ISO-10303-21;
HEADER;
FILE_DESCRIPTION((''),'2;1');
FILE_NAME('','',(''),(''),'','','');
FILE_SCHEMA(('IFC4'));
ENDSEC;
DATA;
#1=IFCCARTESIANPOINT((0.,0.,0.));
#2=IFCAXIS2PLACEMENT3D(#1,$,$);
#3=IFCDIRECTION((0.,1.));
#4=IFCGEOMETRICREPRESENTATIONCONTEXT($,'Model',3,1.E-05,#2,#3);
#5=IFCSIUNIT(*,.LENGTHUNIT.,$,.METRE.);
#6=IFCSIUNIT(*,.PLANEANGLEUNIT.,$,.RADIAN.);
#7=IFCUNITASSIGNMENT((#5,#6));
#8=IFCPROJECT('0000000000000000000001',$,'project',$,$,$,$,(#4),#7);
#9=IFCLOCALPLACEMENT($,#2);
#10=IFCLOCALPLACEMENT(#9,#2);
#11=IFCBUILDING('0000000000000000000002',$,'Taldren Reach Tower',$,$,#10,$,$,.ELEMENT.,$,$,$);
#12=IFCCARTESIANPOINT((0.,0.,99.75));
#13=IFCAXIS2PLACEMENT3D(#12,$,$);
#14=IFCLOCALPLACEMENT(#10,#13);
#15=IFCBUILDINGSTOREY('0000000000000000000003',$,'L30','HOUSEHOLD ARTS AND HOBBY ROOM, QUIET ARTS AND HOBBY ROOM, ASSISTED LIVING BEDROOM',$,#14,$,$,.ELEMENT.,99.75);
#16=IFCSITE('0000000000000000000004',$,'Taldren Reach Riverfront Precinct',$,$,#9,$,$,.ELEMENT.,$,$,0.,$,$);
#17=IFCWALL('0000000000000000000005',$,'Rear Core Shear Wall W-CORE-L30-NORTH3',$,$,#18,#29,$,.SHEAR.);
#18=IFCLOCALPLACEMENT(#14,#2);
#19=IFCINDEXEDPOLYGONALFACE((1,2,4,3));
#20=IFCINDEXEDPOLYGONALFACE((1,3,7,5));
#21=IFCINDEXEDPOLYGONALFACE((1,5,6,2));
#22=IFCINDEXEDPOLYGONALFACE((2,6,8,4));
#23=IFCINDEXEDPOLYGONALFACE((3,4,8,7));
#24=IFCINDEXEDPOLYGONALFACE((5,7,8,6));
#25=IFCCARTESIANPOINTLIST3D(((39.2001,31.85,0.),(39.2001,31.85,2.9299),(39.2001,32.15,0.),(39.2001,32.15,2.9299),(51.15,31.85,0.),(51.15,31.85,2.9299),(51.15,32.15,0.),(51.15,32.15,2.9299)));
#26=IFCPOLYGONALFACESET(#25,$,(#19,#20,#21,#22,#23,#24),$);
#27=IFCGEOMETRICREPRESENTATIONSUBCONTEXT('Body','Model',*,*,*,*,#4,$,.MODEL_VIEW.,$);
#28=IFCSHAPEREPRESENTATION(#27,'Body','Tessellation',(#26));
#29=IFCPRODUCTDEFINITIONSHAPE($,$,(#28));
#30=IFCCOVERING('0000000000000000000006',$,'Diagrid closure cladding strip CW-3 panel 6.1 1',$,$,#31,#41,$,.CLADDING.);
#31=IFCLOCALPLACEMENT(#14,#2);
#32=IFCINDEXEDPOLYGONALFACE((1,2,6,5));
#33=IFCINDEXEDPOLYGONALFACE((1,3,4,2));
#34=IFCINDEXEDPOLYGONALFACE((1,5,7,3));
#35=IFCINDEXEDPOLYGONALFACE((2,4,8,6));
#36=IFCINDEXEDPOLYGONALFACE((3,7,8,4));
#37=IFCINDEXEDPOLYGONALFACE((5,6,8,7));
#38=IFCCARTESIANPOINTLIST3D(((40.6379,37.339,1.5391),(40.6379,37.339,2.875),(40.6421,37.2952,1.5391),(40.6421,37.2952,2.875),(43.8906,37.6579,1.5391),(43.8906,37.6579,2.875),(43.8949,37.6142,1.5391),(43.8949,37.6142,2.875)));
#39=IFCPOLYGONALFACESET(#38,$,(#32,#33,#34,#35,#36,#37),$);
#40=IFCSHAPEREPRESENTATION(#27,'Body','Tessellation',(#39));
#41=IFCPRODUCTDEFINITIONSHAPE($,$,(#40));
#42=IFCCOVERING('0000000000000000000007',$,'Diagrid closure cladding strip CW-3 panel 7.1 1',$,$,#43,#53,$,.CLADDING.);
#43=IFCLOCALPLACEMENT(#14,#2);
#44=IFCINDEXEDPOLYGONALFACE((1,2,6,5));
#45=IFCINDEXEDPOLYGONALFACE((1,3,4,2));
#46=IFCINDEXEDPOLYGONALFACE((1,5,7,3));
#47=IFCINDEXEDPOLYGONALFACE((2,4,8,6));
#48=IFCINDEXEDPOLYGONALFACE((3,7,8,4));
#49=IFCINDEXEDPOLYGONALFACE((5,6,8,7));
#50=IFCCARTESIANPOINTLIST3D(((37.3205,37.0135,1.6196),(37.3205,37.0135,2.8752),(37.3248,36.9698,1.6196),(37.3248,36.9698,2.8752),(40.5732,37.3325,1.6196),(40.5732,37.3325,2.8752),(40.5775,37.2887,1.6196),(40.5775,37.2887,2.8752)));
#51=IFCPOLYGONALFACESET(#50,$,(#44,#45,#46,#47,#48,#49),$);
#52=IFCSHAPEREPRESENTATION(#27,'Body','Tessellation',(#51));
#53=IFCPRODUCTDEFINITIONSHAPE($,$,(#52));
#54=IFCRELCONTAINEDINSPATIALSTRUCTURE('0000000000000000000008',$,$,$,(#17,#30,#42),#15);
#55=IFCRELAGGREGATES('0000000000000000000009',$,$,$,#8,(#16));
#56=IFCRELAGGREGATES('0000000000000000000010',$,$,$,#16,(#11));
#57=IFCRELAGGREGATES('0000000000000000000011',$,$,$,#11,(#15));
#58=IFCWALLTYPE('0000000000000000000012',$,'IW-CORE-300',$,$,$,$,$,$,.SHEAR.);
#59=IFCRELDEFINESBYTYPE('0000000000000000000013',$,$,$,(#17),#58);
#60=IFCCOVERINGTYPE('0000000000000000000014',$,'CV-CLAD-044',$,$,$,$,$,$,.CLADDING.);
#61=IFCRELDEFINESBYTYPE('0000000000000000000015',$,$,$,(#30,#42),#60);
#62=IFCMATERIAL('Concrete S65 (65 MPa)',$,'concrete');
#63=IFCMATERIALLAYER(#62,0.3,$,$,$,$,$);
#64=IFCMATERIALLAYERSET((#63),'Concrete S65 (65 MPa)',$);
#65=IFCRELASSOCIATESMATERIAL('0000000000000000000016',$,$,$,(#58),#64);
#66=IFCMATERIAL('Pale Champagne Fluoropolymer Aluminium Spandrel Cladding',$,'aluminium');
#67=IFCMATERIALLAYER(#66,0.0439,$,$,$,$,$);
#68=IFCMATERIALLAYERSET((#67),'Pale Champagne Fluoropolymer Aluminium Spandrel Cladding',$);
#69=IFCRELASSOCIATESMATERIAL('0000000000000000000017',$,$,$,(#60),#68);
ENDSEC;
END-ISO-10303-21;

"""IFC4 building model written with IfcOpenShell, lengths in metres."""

from ifc_helpers import new_model, si_unit, direction, frame, frame_2d, origin, origin_2d, place, context, subcontext, project, spatial, rectangle, extrude, source, transform, mapped, material, layer, layer_set, type_object, element, save


model = new_model("IFC4")

# Units and contexts
model_context = context("Model", 3, precision=1e-05, world=origin(), true_north=direction((0.0, 1.0)))
body_context = subcontext(model_context, "Body", "Model", "MODEL_VIEW")
ifc_project = project(units=[si_unit("LENGTHUNIT", "METRE"), si_unit("PLANEANGLEUNIT", "RADIAN")], contexts=[model_context])

# Site, building, storey
site_placement = place(None, origin())
site = spatial("IfcSite", under=ifc_project, at=site_placement, Name="Taldren Reach Riverfront Precinct", CompositionType="ELEMENT", RefElevation=0.0)
building_placement = place(site_placement, origin())
building = spatial("IfcBuilding", under=site, at=building_placement, Name="Taldren Reach Tower", CompositionType="ELEMENT")
storey_placement = place(building_placement, frame((0.0, 0.0, 99.75)))
storey = spatial("IfcBuildingStorey", under=building, at=storey_placement, Name="L30", Description="HOUSEHOLD ARTS AND HOBBY ROOM, QUIET ARTS AND HOBBY ROOM, ASSISTED LIVING BEDROOM", CompositionType="ELEMENT", Elevation=99.75)

# Shared definitions
ifc_material_1 = material(Name="Concrete S65 (65 MPa)", Category="concrete")

# Wall
ifc_layer_1 = layer(ifc_material_1, 0.3)
ifc_layer_set_1 = layer_set([ifc_layer_1], Name="Concrete S65 (65 MPa)")
wall_type = type_object("IfcWallType", Name="IW-CORE-300", PredefinedType="SHEAR", material=ifc_layer_set_1)
shared_shape_1 = source(origin(), body_context, "Body", "SweptSolid", [
    extrude(rectangle(XDim=11.95, YDim=0.3, at=frame_2d((5.9751, 0.0))), origin(), (0.0, 0.0, 1.0), 2.9299),
])
wall_placement = place(storey_placement, frame((39.2, 32.0, 0.0), z_axis=(0.0, 0.0, 1.0), x_axis=(1.0, 0.0, 0.0)))
element("IfcWall", 1, at=wall_placement, inside=storey, type_object=wall_type, Name="Rear Core Shear Wall W-CORE-L30-NORTH3", PredefinedType="SHEAR", context=body_context, shape_type="MappedRepresentation", body=[
    mapped(shared_shape_1, transform((0.0, 0.0, 0.0), scale=1.0)),
])

# Coverings
ifc_material_2 = material(Name="Pale Champagne Fluoropolymer Aluminium Spandrel Cladding", Category="aluminium")
ifc_layer_2 = layer(ifc_material_2, 0.0439)
ifc_layer_set_2 = layer_set([ifc_layer_2], Name="Pale Champagne Fluoropolymer Aluminium Spandrel Cladding")
covering_type = type_object("IfcCoveringType", Name="CV-CLAD-044", PredefinedType="CLADDING", material=ifc_layer_set_2)
shared_shape_2 = source(origin(), body_context, "Body", "SweptSolid", [
    extrude(rectangle(XDim=3.2683, YDim=0.0439, at=origin_2d()), origin(), (0.0, 0.0, 1.0), 1.3359),
])
covering_1_placement = place(storey_placement, frame((42.2664, 37.4766, 1.5391), z_axis=(0.0, 0.0, 1.0), x_axis=(-0.995227, -0.097583, 0.0)))
element("IfcCovering", 2, at=covering_1_placement, inside=storey, type_object=covering_type, Name="Diagrid closure cladding strip CW-3 panel 6.1 1", PredefinedType="CLADDING", context=body_context, shape_type="MappedRepresentation", body=[
    mapped(shared_shape_2, transform((0.0, 0.0, 0.0), scale=1.0)),
])
shared_shape_3 = source(origin(), body_context, "Body", "SweptSolid", [
    extrude(rectangle(XDim=3.2683, YDim=0.0439, at=origin_2d()), origin(), (0.0, 0.0, 1.0), 1.2556),
])
covering_2_placement = place(storey_placement, frame((38.949, 37.1511, 1.6196), z_axis=(0.0, 0.0, 1.0), x_axis=(-0.995227, -0.097583, 0.0)))
element("IfcCovering", 3, at=covering_2_placement, inside=storey, type_object=covering_type, Name="Diagrid closure cladding strip CW-3 panel 7.1 1", PredefinedType="CLADDING", context=body_context, shape_type="MappedRepresentation", body=[
    mapped(shared_shape_3, transform((0.0, 0.0, 0.0), scale=1.0)),
])

save(model, "model.ifc")
